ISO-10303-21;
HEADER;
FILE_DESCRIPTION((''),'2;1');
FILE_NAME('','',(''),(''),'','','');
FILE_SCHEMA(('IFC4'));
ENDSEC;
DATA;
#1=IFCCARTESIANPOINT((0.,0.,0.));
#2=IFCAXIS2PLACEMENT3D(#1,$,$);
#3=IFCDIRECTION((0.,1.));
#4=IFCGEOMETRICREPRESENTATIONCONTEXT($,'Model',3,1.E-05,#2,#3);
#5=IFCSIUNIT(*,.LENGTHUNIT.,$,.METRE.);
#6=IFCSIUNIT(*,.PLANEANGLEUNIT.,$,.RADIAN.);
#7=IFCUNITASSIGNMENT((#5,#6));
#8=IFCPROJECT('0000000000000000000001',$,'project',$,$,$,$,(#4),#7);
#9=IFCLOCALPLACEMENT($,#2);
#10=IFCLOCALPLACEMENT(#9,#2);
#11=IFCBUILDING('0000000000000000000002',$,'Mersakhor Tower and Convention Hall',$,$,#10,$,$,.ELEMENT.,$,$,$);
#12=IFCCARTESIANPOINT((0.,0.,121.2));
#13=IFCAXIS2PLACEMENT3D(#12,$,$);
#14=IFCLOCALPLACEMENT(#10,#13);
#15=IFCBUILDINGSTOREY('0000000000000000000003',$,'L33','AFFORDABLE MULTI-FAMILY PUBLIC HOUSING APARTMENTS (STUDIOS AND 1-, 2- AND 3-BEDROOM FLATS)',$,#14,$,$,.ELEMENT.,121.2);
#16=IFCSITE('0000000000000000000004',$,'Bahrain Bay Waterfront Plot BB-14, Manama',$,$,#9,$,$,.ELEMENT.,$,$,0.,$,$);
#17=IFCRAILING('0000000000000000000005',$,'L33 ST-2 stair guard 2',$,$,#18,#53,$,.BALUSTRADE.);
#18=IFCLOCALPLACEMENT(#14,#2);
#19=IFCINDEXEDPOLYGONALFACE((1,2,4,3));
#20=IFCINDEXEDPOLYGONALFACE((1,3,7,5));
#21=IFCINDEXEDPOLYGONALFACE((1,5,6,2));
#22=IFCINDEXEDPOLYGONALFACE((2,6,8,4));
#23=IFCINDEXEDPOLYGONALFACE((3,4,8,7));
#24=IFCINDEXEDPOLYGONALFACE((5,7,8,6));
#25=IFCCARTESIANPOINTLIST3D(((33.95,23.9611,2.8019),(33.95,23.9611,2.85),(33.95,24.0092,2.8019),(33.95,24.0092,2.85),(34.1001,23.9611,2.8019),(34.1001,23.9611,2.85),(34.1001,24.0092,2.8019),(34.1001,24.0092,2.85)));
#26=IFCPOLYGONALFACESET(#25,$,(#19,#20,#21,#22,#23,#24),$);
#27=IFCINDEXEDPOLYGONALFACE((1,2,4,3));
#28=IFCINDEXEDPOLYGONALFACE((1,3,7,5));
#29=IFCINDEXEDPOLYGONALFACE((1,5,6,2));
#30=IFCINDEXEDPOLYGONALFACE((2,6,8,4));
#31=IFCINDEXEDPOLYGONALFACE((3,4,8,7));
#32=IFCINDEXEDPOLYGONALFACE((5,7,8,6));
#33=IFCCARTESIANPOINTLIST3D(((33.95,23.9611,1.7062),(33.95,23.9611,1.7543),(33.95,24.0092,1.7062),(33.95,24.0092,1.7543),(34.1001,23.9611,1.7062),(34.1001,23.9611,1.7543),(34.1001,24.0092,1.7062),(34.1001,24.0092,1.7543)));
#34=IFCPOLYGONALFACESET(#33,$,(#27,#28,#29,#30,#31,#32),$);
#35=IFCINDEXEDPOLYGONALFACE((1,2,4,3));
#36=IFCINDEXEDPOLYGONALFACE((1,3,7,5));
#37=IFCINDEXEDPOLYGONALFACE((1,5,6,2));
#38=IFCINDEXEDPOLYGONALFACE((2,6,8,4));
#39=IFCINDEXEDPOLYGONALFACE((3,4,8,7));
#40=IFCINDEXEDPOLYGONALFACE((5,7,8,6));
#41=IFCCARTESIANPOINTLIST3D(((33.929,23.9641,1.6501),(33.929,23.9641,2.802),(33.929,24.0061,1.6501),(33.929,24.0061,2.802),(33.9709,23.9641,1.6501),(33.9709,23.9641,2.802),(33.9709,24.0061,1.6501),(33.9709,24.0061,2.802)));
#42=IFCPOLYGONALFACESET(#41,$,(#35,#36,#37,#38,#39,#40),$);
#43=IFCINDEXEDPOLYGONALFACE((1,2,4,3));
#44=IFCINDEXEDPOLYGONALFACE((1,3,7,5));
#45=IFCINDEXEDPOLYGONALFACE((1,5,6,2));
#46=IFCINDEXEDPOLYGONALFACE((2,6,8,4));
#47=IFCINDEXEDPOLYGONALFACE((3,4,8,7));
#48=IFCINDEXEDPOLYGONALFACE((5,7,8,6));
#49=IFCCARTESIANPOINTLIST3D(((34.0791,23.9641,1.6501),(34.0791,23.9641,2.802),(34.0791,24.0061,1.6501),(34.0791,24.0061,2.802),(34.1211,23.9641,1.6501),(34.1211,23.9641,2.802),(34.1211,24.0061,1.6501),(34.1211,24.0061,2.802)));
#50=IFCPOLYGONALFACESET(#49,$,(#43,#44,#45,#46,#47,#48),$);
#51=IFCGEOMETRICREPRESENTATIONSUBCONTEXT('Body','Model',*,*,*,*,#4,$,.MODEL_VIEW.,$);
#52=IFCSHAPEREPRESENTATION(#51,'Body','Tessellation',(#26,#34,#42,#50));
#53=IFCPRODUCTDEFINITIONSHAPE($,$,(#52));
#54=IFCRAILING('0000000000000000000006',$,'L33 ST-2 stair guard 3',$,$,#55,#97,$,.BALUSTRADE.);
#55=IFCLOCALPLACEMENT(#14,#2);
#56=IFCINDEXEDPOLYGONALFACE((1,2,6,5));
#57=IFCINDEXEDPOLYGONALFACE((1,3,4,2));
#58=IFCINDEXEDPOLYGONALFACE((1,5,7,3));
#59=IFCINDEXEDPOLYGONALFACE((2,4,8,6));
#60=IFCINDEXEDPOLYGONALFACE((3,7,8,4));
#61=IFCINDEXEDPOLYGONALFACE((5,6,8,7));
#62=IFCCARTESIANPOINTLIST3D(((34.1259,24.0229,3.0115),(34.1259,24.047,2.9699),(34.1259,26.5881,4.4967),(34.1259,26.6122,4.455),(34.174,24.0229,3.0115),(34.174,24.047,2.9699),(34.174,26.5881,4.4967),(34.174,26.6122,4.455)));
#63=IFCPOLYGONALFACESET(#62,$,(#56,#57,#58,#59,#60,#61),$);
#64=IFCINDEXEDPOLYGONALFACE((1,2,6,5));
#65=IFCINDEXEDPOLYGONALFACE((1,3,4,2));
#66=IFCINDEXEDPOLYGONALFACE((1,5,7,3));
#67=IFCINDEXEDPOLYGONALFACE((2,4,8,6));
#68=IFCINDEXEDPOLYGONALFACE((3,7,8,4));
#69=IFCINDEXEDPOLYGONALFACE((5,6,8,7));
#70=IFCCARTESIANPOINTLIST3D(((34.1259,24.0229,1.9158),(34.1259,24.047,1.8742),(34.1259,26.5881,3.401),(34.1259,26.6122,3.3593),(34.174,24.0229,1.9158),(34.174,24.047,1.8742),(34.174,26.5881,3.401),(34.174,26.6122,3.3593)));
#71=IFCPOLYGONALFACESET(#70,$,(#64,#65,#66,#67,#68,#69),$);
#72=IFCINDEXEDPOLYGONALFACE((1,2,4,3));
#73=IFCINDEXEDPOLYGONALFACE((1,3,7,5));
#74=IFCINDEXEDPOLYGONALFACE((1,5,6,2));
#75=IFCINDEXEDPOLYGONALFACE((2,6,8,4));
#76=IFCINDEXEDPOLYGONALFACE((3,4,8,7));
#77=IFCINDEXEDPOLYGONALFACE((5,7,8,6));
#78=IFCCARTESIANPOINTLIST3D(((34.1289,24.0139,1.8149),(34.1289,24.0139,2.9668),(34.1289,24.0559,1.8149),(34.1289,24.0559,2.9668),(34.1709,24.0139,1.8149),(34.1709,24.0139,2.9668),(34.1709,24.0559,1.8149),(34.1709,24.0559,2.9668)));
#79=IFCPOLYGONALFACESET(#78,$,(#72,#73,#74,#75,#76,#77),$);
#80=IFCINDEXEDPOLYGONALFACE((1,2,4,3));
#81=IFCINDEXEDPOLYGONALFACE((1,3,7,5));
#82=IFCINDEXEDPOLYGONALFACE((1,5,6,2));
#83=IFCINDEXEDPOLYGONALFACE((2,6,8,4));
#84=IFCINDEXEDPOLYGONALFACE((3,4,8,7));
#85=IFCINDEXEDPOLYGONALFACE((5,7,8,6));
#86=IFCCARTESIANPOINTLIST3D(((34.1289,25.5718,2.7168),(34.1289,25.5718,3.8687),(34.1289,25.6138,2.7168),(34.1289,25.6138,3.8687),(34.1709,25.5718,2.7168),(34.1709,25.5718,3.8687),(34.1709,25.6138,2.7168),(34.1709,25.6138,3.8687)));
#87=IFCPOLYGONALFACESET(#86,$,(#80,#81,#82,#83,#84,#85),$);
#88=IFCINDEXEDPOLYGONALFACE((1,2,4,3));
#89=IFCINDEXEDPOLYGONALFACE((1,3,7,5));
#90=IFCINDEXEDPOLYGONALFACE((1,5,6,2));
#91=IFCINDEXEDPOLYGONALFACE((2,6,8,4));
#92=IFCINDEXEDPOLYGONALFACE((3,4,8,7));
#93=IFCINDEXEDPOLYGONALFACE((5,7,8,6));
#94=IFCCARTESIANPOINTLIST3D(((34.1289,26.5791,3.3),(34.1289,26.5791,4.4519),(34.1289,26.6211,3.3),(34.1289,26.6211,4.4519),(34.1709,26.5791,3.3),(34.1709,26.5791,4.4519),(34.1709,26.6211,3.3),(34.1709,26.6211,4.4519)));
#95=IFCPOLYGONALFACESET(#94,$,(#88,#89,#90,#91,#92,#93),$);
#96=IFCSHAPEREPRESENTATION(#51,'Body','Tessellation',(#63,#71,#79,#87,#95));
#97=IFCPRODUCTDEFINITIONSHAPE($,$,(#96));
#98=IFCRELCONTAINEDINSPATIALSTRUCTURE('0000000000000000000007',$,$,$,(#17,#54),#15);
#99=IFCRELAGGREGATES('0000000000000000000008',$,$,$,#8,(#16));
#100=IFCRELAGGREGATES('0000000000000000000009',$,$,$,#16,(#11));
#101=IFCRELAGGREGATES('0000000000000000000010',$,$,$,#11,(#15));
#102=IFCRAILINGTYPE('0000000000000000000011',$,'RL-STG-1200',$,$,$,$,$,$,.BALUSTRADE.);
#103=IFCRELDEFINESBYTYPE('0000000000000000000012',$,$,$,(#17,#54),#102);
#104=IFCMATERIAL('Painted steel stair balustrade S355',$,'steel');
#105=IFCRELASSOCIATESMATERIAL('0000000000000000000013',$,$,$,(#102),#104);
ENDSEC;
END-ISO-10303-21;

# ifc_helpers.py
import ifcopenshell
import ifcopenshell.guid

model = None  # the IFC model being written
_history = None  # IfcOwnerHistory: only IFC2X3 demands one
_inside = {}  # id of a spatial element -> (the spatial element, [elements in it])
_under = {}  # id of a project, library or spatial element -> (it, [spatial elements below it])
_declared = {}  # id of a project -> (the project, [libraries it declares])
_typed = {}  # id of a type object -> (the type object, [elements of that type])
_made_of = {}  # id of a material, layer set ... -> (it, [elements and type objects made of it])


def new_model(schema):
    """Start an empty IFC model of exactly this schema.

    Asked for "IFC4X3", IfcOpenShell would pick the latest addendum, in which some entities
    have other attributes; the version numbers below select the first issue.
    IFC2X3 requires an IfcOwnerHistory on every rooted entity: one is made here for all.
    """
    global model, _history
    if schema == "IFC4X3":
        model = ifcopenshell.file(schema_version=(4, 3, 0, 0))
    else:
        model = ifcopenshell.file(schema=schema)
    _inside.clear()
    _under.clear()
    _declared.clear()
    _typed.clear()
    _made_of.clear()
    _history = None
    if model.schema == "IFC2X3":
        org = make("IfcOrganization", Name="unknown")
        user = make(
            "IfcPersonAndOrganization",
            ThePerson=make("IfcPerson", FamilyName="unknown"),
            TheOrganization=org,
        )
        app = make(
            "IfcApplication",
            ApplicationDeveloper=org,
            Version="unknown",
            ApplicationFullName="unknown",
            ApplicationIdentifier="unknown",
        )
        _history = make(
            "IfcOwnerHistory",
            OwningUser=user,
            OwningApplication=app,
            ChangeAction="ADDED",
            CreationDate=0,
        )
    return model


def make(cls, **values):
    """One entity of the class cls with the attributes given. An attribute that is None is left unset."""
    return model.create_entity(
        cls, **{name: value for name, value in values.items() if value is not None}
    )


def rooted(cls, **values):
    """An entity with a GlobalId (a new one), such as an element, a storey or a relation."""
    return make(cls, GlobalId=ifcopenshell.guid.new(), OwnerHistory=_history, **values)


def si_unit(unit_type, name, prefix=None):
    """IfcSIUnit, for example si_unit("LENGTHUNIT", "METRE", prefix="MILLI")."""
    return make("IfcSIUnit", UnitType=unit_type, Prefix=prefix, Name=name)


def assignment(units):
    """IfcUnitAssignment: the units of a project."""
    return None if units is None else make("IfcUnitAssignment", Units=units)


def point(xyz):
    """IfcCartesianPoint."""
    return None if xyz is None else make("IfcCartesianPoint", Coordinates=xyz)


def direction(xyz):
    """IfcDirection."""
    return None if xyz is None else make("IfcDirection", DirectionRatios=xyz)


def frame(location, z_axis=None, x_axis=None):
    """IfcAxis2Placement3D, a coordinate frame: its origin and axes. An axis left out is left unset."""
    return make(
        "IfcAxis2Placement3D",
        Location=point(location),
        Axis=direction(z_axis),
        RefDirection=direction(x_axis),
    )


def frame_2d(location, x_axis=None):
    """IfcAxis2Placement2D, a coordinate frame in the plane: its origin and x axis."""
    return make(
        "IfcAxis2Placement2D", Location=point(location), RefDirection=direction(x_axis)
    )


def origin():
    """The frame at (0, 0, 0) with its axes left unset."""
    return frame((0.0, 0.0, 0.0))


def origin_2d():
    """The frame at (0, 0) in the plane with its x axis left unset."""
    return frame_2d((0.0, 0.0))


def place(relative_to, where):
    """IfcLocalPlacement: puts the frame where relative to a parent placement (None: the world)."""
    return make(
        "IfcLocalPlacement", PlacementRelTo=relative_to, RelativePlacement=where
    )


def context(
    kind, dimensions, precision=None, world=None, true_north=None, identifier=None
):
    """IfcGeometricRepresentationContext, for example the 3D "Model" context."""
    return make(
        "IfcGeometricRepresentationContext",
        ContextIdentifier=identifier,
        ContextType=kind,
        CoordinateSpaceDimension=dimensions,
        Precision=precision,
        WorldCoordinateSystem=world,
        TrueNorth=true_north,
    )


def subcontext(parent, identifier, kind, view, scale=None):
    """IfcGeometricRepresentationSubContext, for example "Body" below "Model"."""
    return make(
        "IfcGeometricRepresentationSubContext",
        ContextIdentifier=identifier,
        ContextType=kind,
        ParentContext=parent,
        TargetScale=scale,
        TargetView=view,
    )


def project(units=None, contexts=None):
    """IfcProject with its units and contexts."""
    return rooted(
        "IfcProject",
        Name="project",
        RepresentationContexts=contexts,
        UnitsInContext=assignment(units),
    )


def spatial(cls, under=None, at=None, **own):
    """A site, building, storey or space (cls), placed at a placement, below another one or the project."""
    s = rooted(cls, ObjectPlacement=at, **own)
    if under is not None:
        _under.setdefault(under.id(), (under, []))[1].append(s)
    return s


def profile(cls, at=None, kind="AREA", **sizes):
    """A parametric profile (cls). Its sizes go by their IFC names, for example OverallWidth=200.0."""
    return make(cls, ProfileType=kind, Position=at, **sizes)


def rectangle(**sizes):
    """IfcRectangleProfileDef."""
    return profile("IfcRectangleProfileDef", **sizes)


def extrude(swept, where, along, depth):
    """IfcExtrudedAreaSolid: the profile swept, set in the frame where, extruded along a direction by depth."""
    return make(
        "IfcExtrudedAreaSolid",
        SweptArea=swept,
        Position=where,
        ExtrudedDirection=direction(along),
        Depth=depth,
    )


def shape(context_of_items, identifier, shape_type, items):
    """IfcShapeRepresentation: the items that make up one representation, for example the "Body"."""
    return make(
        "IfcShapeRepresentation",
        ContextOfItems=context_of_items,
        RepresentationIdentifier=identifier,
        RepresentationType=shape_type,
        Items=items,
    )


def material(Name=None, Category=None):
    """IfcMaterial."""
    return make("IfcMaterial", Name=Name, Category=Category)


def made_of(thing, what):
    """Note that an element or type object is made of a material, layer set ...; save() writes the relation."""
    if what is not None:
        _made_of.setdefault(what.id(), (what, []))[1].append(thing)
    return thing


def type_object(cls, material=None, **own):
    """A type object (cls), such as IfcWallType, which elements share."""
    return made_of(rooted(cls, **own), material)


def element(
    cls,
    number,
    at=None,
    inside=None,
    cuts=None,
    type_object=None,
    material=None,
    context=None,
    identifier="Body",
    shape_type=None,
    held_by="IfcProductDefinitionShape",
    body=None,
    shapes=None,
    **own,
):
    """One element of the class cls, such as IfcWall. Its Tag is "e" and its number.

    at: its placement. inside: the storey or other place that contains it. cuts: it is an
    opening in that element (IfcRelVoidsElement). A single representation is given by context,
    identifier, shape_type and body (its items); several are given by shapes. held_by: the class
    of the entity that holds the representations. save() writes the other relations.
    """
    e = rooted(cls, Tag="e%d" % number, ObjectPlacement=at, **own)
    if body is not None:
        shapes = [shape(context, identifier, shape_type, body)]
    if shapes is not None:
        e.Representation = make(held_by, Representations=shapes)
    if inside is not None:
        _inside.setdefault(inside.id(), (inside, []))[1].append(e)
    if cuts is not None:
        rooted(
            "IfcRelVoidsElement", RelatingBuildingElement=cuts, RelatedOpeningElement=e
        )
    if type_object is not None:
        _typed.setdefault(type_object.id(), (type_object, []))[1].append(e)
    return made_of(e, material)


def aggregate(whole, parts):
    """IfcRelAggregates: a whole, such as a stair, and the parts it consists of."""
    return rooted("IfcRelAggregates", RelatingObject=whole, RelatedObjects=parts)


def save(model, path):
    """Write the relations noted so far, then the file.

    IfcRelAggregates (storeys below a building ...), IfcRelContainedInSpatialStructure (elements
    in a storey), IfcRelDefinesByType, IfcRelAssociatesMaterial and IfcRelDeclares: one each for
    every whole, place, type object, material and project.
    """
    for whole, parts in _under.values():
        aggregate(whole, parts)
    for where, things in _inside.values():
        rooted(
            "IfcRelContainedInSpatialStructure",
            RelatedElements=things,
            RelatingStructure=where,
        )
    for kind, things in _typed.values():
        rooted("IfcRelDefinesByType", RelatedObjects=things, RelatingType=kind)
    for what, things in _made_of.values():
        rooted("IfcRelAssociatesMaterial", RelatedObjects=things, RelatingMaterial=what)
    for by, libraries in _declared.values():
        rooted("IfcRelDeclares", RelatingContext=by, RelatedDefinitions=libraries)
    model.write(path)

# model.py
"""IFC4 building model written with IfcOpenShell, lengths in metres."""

from ifc_helpers import new_model, si_unit, direction, frame, origin, origin_2d, place, context, subcontext, project, spatial, rectangle, extrude, material, type_object, element, save


model = new_model("IFC4")

# Units and contexts
model_context = context("Model", 3, precision=1e-05, world=origin(), true_north=direction((0.0, 1.0)))
body_context = subcontext(model_context, "Body", "Model", "MODEL_VIEW")
ifc_project = project(units=[si_unit("LENGTHUNIT", "METRE"), si_unit("PLANEANGLEUNIT", "RADIAN")], contexts=[model_context])

# Site, building, storey
site_placement = place(None, origin())
site = spatial("IfcSite", under=ifc_project, at=site_placement, Name="Bahrain Bay Waterfront Plot BB-14, Manama", CompositionType="ELEMENT", RefElevation=0.0)
building_placement = place(site_placement, origin())
building = spatial("IfcBuilding", under=site, at=building_placement, Name="Mersakhor Tower and Convention Hall", CompositionType="ELEMENT")
storey_placement = place(building_placement, frame((0.0, 0.0, 121.2)))
storey = spatial("IfcBuildingStorey", under=building, at=storey_placement, Name="L33", Description="AFFORDABLE MULTI-FAMILY PUBLIC HOUSING APARTMENTS (STUDIOS AND 1-, 2- AND 3-BEDROOM FLATS)", CompositionType="ELEMENT", Elevation=121.2)

# Railings
ifc_material_1 = material(Name="Painted steel stair balustrade S355", Category="steel")
railing_type_1 = type_object("IfcRailingType", Name="RL-STG-1200", PredefinedType="BALUSTRADE", material=ifc_material_1)
railing_1_placement = place(storey_placement, frame((33.95, 23.9851, 1.6501)))
element("IfcRailing", 1, at=railing_1_placement, inside=storey, type_object=railing_type_1, Name="L33 ST-2 stair guard 2", PredefinedType="BALUSTRADE", context=body_context, shape_type="SweptSolid", body=[
    extrude(rectangle(XDim=0.0481, YDim=0.0481, at=origin_2d()), frame((0.0, 0.0, 1.1758), z_axis=(1.0, 0.0, 0.0), x_axis=(0.0, 1.0, 0.0)), (0.0, 0.0, 1.0), 0.1501),
    extrude(rectangle(XDim=0.0481, YDim=0.0481, at=origin_2d()), frame((0.0, 0.0, 0.0801), z_axis=(1.0, 0.0, 0.0), x_axis=(0.0, 1.0, 0.0)), (0.0, 0.0, 1.0), 0.1501),
    extrude(rectangle(XDim=0.042, YDim=0.042, at=origin_2d()), origin(), (0.0, 0.0, 1.0), 1.1519),
    extrude(rectangle(XDim=0.042, YDim=0.042, at=origin_2d()), frame((0.1501, 0.0, 0.0)), (0.0, 0.0, 1.0), 1.1519),
])
railing_2_placement = place(storey_placement, frame((34.1499, 24.0349, 1.8149)))
element("IfcRailing", 2, at=railing_2_placement, inside=storey, type_object=railing_type_1, Name="L33 ST-2 stair guard 3", PredefinedType="BALUSTRADE", context=body_context, shape_type="SweptSolid", body=[
    extrude(rectangle(XDim=0.0481, YDim=0.0481, at=origin_2d()), frame((0.0, 0.0, 1.1758), z_axis=(0.0, 0.865426, 0.501036), x_axis=(-1.0, 0.0, 0.0)), (0.0, 0.0, 1.0), 2.9641),
    extrude(rectangle(XDim=0.0481, YDim=0.0481, at=origin_2d()), frame((0.0, 0.0, 0.0801), z_axis=(0.0, 0.865426, 0.501036), x_axis=(-1.0, 0.0, 0.0)), (0.0, 0.0, 1.0), 2.9641),
    extrude(rectangle(XDim=0.042, YDim=0.042, at=origin_2d()), origin(), (0.0, 0.0, 1.0), 1.1519),
    extrude(rectangle(XDim=0.042, YDim=0.042, at=origin_2d()), frame((0.0, 1.5579, 0.9019)), (0.0, 0.0, 1.0), 1.1519),
    extrude(rectangle(XDim=0.042, YDim=0.042, at=origin_2d()), frame((0.0, 2.5652, 1.4851)), (0.0, 0.0, 1.0), 1.1519),
])

save(model, "model.ifc")
